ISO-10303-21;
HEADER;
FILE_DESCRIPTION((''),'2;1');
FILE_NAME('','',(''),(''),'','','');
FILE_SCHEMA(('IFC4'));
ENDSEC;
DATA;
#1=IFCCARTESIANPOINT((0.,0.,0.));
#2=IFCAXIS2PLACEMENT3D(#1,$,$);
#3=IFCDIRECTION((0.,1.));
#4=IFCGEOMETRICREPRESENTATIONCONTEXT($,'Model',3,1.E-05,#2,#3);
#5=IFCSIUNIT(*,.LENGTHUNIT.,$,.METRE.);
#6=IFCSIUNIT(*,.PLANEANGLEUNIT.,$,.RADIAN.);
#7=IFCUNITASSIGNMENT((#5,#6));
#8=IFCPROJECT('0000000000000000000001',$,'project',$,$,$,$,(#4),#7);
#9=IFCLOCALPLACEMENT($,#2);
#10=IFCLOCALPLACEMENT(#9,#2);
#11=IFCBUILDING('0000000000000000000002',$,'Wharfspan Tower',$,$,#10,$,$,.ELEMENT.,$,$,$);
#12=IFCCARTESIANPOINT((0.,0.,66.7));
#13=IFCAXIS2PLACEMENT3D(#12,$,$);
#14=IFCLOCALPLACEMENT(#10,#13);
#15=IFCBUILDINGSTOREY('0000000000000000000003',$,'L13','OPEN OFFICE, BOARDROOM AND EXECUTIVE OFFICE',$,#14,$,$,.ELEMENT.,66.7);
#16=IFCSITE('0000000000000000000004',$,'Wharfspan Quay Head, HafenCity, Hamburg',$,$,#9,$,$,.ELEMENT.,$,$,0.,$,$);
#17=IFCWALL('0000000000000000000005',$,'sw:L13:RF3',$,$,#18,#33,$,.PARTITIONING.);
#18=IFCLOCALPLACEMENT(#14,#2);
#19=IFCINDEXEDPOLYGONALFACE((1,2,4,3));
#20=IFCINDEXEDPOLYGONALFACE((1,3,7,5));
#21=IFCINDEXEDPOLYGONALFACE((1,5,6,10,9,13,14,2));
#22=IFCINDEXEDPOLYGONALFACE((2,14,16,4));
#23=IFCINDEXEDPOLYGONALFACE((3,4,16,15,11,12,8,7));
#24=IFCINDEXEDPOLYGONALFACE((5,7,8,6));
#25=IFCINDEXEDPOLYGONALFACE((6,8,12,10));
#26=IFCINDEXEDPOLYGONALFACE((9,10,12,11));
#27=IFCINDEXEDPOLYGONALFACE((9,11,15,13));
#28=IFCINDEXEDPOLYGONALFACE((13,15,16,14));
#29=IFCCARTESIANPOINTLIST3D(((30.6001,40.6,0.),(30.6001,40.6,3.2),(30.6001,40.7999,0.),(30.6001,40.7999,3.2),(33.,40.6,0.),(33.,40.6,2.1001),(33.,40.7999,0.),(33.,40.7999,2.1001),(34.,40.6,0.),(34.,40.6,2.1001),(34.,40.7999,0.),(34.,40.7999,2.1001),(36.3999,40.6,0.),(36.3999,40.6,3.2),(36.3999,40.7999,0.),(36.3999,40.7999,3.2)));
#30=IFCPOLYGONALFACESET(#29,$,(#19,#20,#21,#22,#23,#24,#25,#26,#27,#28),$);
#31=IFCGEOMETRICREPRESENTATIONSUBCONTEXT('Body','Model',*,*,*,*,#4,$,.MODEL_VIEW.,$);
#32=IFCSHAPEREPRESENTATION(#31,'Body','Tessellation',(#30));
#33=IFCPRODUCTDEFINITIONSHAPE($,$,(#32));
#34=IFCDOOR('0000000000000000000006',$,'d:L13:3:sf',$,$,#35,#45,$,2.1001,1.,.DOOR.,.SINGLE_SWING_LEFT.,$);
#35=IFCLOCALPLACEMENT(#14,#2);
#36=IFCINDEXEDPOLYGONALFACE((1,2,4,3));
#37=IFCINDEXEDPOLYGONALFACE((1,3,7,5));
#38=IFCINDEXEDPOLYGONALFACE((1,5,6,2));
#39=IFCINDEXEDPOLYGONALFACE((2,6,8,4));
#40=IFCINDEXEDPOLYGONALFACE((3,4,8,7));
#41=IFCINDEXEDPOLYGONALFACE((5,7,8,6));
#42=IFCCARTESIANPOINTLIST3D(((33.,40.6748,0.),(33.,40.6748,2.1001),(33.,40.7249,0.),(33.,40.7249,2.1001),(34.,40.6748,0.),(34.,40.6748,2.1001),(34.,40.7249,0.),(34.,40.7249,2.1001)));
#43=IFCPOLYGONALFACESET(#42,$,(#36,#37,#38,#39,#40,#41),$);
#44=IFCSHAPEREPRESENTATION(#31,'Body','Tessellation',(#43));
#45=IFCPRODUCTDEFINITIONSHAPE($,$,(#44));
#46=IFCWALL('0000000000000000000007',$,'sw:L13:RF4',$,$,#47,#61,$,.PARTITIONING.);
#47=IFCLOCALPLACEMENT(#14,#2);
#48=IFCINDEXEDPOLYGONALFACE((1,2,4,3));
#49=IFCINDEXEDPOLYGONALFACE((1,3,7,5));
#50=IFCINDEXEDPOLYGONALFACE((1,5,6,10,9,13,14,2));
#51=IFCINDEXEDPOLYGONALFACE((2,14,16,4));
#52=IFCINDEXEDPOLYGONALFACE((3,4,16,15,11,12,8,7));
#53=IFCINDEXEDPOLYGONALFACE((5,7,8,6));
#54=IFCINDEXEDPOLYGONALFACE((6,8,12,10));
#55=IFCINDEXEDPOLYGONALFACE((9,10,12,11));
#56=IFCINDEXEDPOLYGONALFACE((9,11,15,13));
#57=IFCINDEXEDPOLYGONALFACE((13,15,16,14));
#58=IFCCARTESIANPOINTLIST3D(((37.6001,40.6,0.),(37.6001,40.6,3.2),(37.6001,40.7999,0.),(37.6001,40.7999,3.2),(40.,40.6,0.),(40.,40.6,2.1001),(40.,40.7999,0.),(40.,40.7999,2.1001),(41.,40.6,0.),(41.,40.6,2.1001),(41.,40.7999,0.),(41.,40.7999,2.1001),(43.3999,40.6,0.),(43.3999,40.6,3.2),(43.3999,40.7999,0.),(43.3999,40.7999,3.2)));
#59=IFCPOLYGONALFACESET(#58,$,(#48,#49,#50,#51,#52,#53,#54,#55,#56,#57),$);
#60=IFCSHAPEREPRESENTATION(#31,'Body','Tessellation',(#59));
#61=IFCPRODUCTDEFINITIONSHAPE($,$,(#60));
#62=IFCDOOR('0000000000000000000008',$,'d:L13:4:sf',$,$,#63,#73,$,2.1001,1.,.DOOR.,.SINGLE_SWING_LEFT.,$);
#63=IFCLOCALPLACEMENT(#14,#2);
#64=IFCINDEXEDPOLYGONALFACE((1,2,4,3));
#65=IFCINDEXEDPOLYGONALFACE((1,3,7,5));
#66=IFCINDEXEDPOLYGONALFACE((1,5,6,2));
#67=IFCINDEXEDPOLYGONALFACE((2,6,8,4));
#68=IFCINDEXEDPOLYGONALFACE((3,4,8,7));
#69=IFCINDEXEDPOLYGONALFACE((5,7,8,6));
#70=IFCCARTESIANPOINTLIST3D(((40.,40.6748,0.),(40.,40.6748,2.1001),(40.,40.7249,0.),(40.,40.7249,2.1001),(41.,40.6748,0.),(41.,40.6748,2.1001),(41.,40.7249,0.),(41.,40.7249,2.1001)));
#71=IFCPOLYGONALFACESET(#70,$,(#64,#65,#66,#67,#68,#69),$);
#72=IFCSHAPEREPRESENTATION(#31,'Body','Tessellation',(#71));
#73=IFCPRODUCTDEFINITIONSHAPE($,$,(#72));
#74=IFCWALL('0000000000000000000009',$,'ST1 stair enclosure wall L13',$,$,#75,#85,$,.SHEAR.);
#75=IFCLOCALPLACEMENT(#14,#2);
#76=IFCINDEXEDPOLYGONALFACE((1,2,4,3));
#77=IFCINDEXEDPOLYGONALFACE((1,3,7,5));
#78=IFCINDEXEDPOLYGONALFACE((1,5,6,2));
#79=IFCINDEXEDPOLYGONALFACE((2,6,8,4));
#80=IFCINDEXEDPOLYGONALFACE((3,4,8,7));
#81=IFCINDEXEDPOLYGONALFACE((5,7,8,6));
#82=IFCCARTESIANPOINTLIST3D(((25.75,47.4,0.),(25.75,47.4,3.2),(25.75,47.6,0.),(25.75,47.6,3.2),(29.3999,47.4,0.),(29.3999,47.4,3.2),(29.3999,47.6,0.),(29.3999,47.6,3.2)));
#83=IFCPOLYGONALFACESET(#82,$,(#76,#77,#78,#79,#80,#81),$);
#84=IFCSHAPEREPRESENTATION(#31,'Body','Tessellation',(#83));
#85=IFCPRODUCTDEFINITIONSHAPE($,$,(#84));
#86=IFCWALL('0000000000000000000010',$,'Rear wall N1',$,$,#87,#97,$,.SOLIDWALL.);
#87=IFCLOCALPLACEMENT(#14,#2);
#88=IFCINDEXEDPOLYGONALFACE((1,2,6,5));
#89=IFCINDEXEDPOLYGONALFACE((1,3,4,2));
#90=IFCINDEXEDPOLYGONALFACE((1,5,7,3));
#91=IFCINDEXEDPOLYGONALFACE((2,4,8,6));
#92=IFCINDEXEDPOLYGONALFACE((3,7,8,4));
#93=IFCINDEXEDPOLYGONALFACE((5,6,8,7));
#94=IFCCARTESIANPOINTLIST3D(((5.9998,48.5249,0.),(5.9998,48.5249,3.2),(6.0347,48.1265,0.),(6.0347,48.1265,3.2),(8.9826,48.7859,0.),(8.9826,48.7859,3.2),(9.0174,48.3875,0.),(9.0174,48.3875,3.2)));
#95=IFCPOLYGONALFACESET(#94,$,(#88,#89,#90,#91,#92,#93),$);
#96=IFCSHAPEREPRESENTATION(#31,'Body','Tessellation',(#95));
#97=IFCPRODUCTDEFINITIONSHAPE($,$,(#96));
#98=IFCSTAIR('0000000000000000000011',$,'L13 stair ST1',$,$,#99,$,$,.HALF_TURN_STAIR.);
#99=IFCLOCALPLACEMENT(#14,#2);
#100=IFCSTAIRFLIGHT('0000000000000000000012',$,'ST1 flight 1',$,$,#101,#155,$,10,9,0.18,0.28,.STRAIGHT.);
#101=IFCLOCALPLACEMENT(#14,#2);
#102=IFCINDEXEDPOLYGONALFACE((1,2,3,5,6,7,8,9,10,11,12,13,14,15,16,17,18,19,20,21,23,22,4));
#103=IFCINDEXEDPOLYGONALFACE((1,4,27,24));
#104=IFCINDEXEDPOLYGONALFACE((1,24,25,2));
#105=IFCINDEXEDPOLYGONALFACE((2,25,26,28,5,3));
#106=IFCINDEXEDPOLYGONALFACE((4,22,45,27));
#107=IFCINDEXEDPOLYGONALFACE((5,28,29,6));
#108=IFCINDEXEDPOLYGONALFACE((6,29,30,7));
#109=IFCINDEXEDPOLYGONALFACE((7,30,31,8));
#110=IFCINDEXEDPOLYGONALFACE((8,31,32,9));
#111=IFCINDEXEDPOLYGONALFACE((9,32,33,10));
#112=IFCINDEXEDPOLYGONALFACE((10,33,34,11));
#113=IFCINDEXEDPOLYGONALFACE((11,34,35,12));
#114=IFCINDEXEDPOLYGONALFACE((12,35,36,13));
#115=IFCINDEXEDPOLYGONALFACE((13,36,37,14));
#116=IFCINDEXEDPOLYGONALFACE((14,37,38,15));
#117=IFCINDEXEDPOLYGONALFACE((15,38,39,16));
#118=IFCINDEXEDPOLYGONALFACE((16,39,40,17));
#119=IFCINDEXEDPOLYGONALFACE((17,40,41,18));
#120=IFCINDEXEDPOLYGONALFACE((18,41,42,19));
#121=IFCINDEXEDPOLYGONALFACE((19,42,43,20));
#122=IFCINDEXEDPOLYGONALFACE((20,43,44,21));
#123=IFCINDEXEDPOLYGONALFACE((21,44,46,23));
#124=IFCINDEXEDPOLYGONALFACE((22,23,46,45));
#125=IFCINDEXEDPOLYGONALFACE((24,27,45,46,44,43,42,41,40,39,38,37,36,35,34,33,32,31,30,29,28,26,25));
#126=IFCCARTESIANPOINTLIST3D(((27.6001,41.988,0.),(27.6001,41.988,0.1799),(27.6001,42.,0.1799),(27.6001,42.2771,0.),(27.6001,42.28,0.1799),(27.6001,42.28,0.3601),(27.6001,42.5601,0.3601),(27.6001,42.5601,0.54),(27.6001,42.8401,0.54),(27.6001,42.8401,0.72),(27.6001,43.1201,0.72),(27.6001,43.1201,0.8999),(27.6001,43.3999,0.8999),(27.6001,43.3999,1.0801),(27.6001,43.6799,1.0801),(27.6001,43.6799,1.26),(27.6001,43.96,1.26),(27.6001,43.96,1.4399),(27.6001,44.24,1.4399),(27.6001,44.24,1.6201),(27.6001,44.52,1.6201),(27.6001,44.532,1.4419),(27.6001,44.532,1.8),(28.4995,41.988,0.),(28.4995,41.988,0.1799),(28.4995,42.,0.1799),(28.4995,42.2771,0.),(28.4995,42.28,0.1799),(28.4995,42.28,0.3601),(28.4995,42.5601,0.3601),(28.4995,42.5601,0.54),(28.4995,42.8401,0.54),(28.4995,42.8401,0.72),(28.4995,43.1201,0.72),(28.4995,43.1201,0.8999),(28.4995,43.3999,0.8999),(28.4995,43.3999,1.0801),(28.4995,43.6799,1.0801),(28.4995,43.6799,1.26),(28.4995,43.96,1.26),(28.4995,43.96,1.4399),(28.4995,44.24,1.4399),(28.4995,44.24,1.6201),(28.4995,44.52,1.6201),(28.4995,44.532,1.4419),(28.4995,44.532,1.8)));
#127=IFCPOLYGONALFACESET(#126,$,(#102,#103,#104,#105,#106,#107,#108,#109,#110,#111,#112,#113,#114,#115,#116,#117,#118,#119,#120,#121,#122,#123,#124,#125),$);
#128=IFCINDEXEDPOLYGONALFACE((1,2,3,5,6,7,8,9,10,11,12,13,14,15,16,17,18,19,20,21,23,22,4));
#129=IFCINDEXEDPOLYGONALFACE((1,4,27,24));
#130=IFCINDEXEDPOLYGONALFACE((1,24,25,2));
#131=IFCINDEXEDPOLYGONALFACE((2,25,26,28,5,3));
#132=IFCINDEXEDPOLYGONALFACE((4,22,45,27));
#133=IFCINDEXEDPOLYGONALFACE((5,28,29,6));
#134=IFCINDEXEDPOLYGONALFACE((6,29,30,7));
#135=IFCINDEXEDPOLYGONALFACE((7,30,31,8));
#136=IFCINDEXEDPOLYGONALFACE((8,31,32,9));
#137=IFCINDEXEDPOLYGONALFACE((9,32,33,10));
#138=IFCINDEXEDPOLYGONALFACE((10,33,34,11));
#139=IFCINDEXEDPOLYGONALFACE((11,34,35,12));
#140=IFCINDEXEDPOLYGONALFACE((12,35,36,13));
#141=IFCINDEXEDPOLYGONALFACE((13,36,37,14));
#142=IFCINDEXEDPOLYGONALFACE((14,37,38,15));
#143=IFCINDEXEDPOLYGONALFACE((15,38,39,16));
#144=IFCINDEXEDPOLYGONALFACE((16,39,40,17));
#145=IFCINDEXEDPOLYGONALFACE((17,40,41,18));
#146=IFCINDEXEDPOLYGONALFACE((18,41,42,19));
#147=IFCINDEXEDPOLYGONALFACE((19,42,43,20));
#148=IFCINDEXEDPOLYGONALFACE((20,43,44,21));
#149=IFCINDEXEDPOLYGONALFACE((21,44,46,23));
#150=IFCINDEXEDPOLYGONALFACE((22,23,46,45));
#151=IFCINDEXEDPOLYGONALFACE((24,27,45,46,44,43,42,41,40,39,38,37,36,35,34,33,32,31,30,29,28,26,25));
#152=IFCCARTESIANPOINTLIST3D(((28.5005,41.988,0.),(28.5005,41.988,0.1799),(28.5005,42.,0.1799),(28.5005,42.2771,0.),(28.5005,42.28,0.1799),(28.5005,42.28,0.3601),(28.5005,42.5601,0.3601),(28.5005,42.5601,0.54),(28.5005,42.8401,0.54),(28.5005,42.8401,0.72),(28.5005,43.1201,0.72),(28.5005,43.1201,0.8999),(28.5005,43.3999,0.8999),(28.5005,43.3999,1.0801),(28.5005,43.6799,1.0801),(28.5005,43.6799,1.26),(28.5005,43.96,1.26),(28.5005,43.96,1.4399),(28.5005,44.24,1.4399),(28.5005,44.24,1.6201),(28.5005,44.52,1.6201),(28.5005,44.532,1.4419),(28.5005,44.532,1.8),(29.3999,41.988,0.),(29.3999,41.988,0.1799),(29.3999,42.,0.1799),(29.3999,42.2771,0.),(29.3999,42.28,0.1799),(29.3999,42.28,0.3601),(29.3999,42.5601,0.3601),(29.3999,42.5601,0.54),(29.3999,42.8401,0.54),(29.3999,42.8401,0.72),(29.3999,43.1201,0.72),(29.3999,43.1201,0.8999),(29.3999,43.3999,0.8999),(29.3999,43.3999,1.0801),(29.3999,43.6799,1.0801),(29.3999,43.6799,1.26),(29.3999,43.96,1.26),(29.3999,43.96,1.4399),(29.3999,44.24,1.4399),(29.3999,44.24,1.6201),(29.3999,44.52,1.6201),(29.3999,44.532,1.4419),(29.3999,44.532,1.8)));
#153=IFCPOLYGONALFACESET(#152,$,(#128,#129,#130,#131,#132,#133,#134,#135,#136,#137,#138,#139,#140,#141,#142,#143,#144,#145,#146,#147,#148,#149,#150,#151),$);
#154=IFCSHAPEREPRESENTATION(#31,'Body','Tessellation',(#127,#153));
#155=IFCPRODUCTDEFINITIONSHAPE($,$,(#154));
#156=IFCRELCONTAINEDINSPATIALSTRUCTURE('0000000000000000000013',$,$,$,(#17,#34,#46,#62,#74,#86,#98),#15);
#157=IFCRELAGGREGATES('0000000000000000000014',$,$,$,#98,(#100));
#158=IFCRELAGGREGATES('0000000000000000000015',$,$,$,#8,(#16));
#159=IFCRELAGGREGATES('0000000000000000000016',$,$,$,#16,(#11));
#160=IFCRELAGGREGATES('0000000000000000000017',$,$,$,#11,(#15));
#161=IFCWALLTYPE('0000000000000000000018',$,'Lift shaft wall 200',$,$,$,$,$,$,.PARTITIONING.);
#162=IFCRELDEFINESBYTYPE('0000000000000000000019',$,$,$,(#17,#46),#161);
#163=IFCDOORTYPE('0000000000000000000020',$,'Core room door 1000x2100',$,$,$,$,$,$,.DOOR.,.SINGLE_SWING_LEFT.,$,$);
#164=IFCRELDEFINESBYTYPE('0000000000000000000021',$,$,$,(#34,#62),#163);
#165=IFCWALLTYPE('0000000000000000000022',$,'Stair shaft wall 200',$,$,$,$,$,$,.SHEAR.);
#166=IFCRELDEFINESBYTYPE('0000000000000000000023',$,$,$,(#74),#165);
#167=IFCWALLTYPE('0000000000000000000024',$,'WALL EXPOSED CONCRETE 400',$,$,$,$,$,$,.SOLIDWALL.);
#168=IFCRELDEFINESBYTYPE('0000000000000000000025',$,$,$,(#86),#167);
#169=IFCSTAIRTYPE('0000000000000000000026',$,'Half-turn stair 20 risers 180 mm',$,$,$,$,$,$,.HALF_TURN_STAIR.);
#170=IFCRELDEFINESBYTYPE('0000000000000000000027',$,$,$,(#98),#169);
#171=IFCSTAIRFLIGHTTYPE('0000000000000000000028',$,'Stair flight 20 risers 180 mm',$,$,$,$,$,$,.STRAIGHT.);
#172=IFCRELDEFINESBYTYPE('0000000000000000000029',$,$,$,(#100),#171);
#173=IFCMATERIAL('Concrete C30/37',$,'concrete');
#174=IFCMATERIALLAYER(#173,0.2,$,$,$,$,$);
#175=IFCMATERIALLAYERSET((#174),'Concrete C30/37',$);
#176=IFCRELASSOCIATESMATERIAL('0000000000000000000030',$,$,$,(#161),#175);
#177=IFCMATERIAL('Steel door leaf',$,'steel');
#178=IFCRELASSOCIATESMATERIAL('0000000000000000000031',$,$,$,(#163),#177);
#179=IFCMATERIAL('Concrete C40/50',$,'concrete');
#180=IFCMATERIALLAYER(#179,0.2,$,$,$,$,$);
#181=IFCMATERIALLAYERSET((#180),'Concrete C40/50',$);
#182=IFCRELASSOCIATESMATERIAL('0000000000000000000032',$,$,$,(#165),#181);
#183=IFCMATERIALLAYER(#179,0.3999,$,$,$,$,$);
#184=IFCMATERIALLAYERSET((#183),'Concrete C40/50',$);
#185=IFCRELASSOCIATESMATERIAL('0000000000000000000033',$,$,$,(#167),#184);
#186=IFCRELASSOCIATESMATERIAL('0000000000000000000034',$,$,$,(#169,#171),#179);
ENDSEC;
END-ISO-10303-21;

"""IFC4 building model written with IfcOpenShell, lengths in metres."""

from ifc_helpers import new_model, si_unit, direction, frame, frame_2d, origin, place, context, subcontext, project, spatial, polyline, rectangle, outline, extrude, material, layer, layer_set, type_object, element, fill, aggregate, save


model = new_model("IFC4")

# Units and contexts
model_context = context("Model", 3, precision=1e-05, world=origin(), true_north=direction((0.0, 1.0)))
body_context = subcontext(model_context, "Body", "Model", "MODEL_VIEW")
ifc_project = project(units=[si_unit("LENGTHUNIT", "METRE"), si_unit("PLANEANGLEUNIT", "RADIAN")], contexts=[model_context])

# Site, building, storey
site_placement = place(None, origin())
site = spatial("IfcSite", under=ifc_project, at=site_placement, Name="Wharfspan Quay Head, HafenCity, Hamburg", CompositionType="ELEMENT", RefElevation=0.0)
building_placement = place(site_placement, origin())
building = spatial("IfcBuilding", under=site, at=building_placement, Name="Wharfspan Tower", CompositionType="ELEMENT")
storey_placement = place(building_placement, frame((0.0, 0.0, 66.7)))
storey = spatial("IfcBuildingStorey", under=building, at=storey_placement, Name="L13", Description="OPEN OFFICE, BOARDROOM AND EXECUTIVE OFFICE", CompositionType="ELEMENT", Elevation=66.7)

# Shared definitions
ifc_material_1 = material(Name="Concrete C30/37", Category="concrete")
ifc_layer_1 = layer(ifc_material_1, 0.2)
ifc_layer_set_1 = layer_set([ifc_layer_1], Name="Concrete C30/37")
wall_type_1 = type_object("IfcWallType", Name="Lift shaft wall 200", PredefinedType="PARTITIONING", material=ifc_layer_set_1)

# Walls, openings, doors
wall_1_placement = place(storey_placement, frame((30.6001, 40.7, 0.0), z_axis=(0.0, 0.0, 1.0), x_axis=(1.0, 0.0, 0.0)))
wall_1 = element("IfcWall", 1, at=wall_1_placement, inside=storey, type_object=wall_type_1, Name="sw:L13:RF3", PredefinedType="PARTITIONING", context=body_context, shape_type="SweptSolid", body=[
    extrude(rectangle(XDim=5.7998, YDim=0.2, at=frame_2d((2.8999, 0.0))), origin(), (0.0, 0.0, 1.0), 3.2),
])
opening_1_placement = place(wall_1_placement, frame((2.3999, 0.0, 0.0)))
opening_1 = element("IfcOpeningElement", 2, at=opening_1_placement, cuts=wall_1, PredefinedType="OPENING", context=body_context, shape_type="SweptSolid", body=[
    extrude(rectangle(XDim=1.0, YDim=2.1001, at=frame_2d((0.5, 1.05))), frame((0.0, 0.1099, 0.0), z_axis=(0.0, -1.0, 0.0), x_axis=(1.0, 0.0, 0.0)), (0.0, 0.0, 1.0), 0.22),
])
ifc_material_2 = material(Name="Steel door leaf", Category="steel")
door_type_1 = type_object("IfcDoorType", Name="Core room door 1000x2100", OperationType="SINGLE_SWING_LEFT", PredefinedType="DOOR", material=ifc_material_2)
door_1_placement = place(opening_1_placement, origin())
door_1 = element("IfcDoor", 3, at=door_1_placement, inside=storey, type_object=door_type_1, Name="d:L13:3:sf", OperationType="SINGLE_SWING_LEFT", OverallHeight=2.1001, OverallWidth=1.0, PredefinedType="DOOR", context=body_context, shape_type="SweptSolid", body=[
    extrude(rectangle(XDim=1.0, YDim=2.1001, at=frame_2d((0.5, 1.05))), frame((0.0, 0.0249, 0.0), z_axis=(0.0, -1.0, 0.0), x_axis=(1.0, 0.0, 0.0)), (0.0, 0.0, 1.0), 0.05),
])
fill(opening_1, door_1)
wall_2_placement = place(storey_placement, frame((37.6001, 40.7, 0.0), z_axis=(0.0, 0.0, 1.0), x_axis=(1.0, 0.0, 0.0)))
wall_2 = element("IfcWall", 4, at=wall_2_placement, inside=storey, type_object=wall_type_1, Name="sw:L13:RF4", PredefinedType="PARTITIONING", context=body_context, shape_type="SweptSolid", body=[
    extrude(rectangle(XDim=5.7998, YDim=0.2, at=frame_2d((2.8999, 0.0))), origin(), (0.0, 0.0, 1.0), 3.2),
])
opening_2_placement = place(wall_2_placement, frame((2.3999, 0.0, 0.0)))
opening_2 = element("IfcOpeningElement", 5, at=opening_2_placement, cuts=wall_2, PredefinedType="OPENING", context=body_context, shape_type="SweptSolid", body=[
    extrude(rectangle(XDim=1.0, YDim=2.1001, at=frame_2d((0.5, 1.05))), frame((0.0, 0.1099, 0.0), z_axis=(0.0, -1.0, 0.0), x_axis=(1.0, 0.0, 0.0)), (0.0, 0.0, 1.0), 0.22),
])
door_2_placement = place(opening_2_placement, origin())
door_2 = element("IfcDoor", 6, at=door_2_placement, inside=storey, type_object=door_type_1, Name="d:L13:4:sf", OperationType="SINGLE_SWING_LEFT", OverallHeight=2.1001, OverallWidth=1.0, PredefinedType="DOOR", context=body_context, shape_type="SweptSolid", body=[
    extrude(rectangle(XDim=1.0, YDim=2.1001, at=frame_2d((0.5, 1.05))), frame((0.0, 0.0249, 0.0), z_axis=(0.0, -1.0, 0.0), x_axis=(1.0, 0.0, 0.0)), (0.0, 0.0, 1.0), 0.05),
])
fill(opening_2, door_2)

# Walls
ifc_material_3 = material(Name="Concrete C40/50", Category="concrete")
ifc_layer_2 = layer(ifc_material_3, 0.2)
ifc_layer_set_2 = layer_set([ifc_layer_2], Name="Concrete C40/50")
wall_type_2 = type_object("IfcWallType", Name="Stair shaft wall 200", PredefinedType="SHEAR", material=ifc_layer_set_2)
wall_3_placement = place(storey_placement, frame((25.75, 47.5, 0.0), z_axis=(0.0, 0.0, 1.0), x_axis=(1.0, 0.0, 0.0)))
element("IfcWall", 7, at=wall_3_placement, inside=storey, type_object=wall_type_2, Name="ST1 stair enclosure wall L13", PredefinedType="SHEAR", context=body_context, shape_type="SweptSolid", body=[
    extrude(rectangle(XDim=3.6499, YDim=0.2, at=frame_2d((1.825, 0.0))), origin(), (0.0, 0.0, 1.0), 3.2),
])
ifc_layer_3 = layer(ifc_material_3, 0.3999)
ifc_layer_set_3 = layer_set([ifc_layer_3], Name="Concrete C40/50")
wall_type_3 = type_object("IfcWallType", Name="WALL EXPOSED CONCRETE 400", PredefinedType="SOLIDWALL", material=ifc_layer_set_3)
wall_4_placement = place(storey_placement, frame((9.0, 48.5867, 0.0), z_axis=(0.0, 0.0, 1.0), x_axis=(-0.996194, -0.087168, 0.0)))
element("IfcWall", 8, at=wall_4_placement, inside=storey, type_object=wall_type_3, Name="Rear wall N1", PredefinedType="SOLIDWALL", context=body_context, shape_type="SweptSolid", body=[
    extrude(rectangle(XDim=2.9941, YDim=0.3999, at=frame_2d((1.4971, 0.0))), origin(), (0.0, 0.0, 1.0), 3.2),
])

# Stair, stair flight
stair_type = type_object("IfcStairType", Name="Half-turn stair 20 risers 180 mm", PredefinedType="HALF_TURN_STAIR", material=ifc_material_3)
stair_placement = place(storey_placement, origin())
stair = element("IfcStair", 9, at=stair_placement, inside=storey, type_object=stair_type, Name="L13 stair ST1", PredefinedType="HALF_TURN_STAIR")
stair_flight_type = type_object("IfcStairFlightType", Name="Stair flight 20 risers 180 mm", PredefinedType="STRAIGHT", material=ifc_material_3)
stair_flight_1_placement = place(storey_placement, frame((28.5, 42.0, 0.0), z_axis=(0.0, 0.0, 1.0), x_axis=(0.0, 1.0, 0.0)))
stair_flight_1 = element("IfcStairFlight", 10, at=stair_flight_1_placement, type_object=stair_flight_type, Name="ST1 flight 1", NumberOfRisers=10, NumberOfTreads=9, PredefinedType="STRAIGHT", RiserHeight=0.18, TreadLength=0.28, context=body_context, shape_type="SweptSolid", body=[
    extrude(outline(polyline([(-0.012, 0.0), (-0.012, 0.1799), (0.0, 0.1799), (0.28, 0.1799), (0.28, 0.3601), (0.5601, 0.3601), (0.5601, 0.54), (0.8401, 0.54), (0.8401, 0.72), (1.1201, 0.72), (1.1201, 0.8999), (1.3999, 0.8999), (1.3999, 1.0801), (1.6799, 1.0801), (1.6799, 1.26), (1.96, 1.26), (1.96, 1.4399), (2.24, 1.4399), (2.24, 1.6201), (2.52, 1.6201), (2.532, 1.8), (2.532, 1.4419), (0.2771, 0.0), (-0.012, 0.0)])), frame((0.0, 0.8999, 0.0), z_axis=(0.0, -1.0, 0.0), x_axis=(1.0, 0.0, 0.0)), (0.0, 0.0, 1.0), 0.8994),
    extrude(outline(polyline([(-0.012, 0.0), (-0.012, 0.1799), (0.0, 0.1799), (0.28, 0.1799), (0.28, 0.3601), (0.5601, 0.3601), (0.5601, 0.54), (0.8401, 0.54), (0.8401, 0.72), (1.1201, 0.72), (1.1201, 0.8999), (1.3999, 0.8999), (1.3999, 1.0801), (1.6799, 1.0801), (1.6799, 1.26), (1.96, 1.26), (1.96, 1.4399), (2.24, 1.4399), (2.24, 1.6201), (2.52, 1.6201), (2.532, 1.8), (2.532, 1.4419), (0.2771, 0.0), (-0.012, 0.0)])), frame((0.0, -0.0005, 0.0), z_axis=(0.0, -1.0, 0.0), x_axis=(1.0, 0.0, 0.0)), (0.0, 0.0, 1.0), 0.8994),
])
aggregate(stair, [stair_flight_1])

save(model, "model.ifc")
